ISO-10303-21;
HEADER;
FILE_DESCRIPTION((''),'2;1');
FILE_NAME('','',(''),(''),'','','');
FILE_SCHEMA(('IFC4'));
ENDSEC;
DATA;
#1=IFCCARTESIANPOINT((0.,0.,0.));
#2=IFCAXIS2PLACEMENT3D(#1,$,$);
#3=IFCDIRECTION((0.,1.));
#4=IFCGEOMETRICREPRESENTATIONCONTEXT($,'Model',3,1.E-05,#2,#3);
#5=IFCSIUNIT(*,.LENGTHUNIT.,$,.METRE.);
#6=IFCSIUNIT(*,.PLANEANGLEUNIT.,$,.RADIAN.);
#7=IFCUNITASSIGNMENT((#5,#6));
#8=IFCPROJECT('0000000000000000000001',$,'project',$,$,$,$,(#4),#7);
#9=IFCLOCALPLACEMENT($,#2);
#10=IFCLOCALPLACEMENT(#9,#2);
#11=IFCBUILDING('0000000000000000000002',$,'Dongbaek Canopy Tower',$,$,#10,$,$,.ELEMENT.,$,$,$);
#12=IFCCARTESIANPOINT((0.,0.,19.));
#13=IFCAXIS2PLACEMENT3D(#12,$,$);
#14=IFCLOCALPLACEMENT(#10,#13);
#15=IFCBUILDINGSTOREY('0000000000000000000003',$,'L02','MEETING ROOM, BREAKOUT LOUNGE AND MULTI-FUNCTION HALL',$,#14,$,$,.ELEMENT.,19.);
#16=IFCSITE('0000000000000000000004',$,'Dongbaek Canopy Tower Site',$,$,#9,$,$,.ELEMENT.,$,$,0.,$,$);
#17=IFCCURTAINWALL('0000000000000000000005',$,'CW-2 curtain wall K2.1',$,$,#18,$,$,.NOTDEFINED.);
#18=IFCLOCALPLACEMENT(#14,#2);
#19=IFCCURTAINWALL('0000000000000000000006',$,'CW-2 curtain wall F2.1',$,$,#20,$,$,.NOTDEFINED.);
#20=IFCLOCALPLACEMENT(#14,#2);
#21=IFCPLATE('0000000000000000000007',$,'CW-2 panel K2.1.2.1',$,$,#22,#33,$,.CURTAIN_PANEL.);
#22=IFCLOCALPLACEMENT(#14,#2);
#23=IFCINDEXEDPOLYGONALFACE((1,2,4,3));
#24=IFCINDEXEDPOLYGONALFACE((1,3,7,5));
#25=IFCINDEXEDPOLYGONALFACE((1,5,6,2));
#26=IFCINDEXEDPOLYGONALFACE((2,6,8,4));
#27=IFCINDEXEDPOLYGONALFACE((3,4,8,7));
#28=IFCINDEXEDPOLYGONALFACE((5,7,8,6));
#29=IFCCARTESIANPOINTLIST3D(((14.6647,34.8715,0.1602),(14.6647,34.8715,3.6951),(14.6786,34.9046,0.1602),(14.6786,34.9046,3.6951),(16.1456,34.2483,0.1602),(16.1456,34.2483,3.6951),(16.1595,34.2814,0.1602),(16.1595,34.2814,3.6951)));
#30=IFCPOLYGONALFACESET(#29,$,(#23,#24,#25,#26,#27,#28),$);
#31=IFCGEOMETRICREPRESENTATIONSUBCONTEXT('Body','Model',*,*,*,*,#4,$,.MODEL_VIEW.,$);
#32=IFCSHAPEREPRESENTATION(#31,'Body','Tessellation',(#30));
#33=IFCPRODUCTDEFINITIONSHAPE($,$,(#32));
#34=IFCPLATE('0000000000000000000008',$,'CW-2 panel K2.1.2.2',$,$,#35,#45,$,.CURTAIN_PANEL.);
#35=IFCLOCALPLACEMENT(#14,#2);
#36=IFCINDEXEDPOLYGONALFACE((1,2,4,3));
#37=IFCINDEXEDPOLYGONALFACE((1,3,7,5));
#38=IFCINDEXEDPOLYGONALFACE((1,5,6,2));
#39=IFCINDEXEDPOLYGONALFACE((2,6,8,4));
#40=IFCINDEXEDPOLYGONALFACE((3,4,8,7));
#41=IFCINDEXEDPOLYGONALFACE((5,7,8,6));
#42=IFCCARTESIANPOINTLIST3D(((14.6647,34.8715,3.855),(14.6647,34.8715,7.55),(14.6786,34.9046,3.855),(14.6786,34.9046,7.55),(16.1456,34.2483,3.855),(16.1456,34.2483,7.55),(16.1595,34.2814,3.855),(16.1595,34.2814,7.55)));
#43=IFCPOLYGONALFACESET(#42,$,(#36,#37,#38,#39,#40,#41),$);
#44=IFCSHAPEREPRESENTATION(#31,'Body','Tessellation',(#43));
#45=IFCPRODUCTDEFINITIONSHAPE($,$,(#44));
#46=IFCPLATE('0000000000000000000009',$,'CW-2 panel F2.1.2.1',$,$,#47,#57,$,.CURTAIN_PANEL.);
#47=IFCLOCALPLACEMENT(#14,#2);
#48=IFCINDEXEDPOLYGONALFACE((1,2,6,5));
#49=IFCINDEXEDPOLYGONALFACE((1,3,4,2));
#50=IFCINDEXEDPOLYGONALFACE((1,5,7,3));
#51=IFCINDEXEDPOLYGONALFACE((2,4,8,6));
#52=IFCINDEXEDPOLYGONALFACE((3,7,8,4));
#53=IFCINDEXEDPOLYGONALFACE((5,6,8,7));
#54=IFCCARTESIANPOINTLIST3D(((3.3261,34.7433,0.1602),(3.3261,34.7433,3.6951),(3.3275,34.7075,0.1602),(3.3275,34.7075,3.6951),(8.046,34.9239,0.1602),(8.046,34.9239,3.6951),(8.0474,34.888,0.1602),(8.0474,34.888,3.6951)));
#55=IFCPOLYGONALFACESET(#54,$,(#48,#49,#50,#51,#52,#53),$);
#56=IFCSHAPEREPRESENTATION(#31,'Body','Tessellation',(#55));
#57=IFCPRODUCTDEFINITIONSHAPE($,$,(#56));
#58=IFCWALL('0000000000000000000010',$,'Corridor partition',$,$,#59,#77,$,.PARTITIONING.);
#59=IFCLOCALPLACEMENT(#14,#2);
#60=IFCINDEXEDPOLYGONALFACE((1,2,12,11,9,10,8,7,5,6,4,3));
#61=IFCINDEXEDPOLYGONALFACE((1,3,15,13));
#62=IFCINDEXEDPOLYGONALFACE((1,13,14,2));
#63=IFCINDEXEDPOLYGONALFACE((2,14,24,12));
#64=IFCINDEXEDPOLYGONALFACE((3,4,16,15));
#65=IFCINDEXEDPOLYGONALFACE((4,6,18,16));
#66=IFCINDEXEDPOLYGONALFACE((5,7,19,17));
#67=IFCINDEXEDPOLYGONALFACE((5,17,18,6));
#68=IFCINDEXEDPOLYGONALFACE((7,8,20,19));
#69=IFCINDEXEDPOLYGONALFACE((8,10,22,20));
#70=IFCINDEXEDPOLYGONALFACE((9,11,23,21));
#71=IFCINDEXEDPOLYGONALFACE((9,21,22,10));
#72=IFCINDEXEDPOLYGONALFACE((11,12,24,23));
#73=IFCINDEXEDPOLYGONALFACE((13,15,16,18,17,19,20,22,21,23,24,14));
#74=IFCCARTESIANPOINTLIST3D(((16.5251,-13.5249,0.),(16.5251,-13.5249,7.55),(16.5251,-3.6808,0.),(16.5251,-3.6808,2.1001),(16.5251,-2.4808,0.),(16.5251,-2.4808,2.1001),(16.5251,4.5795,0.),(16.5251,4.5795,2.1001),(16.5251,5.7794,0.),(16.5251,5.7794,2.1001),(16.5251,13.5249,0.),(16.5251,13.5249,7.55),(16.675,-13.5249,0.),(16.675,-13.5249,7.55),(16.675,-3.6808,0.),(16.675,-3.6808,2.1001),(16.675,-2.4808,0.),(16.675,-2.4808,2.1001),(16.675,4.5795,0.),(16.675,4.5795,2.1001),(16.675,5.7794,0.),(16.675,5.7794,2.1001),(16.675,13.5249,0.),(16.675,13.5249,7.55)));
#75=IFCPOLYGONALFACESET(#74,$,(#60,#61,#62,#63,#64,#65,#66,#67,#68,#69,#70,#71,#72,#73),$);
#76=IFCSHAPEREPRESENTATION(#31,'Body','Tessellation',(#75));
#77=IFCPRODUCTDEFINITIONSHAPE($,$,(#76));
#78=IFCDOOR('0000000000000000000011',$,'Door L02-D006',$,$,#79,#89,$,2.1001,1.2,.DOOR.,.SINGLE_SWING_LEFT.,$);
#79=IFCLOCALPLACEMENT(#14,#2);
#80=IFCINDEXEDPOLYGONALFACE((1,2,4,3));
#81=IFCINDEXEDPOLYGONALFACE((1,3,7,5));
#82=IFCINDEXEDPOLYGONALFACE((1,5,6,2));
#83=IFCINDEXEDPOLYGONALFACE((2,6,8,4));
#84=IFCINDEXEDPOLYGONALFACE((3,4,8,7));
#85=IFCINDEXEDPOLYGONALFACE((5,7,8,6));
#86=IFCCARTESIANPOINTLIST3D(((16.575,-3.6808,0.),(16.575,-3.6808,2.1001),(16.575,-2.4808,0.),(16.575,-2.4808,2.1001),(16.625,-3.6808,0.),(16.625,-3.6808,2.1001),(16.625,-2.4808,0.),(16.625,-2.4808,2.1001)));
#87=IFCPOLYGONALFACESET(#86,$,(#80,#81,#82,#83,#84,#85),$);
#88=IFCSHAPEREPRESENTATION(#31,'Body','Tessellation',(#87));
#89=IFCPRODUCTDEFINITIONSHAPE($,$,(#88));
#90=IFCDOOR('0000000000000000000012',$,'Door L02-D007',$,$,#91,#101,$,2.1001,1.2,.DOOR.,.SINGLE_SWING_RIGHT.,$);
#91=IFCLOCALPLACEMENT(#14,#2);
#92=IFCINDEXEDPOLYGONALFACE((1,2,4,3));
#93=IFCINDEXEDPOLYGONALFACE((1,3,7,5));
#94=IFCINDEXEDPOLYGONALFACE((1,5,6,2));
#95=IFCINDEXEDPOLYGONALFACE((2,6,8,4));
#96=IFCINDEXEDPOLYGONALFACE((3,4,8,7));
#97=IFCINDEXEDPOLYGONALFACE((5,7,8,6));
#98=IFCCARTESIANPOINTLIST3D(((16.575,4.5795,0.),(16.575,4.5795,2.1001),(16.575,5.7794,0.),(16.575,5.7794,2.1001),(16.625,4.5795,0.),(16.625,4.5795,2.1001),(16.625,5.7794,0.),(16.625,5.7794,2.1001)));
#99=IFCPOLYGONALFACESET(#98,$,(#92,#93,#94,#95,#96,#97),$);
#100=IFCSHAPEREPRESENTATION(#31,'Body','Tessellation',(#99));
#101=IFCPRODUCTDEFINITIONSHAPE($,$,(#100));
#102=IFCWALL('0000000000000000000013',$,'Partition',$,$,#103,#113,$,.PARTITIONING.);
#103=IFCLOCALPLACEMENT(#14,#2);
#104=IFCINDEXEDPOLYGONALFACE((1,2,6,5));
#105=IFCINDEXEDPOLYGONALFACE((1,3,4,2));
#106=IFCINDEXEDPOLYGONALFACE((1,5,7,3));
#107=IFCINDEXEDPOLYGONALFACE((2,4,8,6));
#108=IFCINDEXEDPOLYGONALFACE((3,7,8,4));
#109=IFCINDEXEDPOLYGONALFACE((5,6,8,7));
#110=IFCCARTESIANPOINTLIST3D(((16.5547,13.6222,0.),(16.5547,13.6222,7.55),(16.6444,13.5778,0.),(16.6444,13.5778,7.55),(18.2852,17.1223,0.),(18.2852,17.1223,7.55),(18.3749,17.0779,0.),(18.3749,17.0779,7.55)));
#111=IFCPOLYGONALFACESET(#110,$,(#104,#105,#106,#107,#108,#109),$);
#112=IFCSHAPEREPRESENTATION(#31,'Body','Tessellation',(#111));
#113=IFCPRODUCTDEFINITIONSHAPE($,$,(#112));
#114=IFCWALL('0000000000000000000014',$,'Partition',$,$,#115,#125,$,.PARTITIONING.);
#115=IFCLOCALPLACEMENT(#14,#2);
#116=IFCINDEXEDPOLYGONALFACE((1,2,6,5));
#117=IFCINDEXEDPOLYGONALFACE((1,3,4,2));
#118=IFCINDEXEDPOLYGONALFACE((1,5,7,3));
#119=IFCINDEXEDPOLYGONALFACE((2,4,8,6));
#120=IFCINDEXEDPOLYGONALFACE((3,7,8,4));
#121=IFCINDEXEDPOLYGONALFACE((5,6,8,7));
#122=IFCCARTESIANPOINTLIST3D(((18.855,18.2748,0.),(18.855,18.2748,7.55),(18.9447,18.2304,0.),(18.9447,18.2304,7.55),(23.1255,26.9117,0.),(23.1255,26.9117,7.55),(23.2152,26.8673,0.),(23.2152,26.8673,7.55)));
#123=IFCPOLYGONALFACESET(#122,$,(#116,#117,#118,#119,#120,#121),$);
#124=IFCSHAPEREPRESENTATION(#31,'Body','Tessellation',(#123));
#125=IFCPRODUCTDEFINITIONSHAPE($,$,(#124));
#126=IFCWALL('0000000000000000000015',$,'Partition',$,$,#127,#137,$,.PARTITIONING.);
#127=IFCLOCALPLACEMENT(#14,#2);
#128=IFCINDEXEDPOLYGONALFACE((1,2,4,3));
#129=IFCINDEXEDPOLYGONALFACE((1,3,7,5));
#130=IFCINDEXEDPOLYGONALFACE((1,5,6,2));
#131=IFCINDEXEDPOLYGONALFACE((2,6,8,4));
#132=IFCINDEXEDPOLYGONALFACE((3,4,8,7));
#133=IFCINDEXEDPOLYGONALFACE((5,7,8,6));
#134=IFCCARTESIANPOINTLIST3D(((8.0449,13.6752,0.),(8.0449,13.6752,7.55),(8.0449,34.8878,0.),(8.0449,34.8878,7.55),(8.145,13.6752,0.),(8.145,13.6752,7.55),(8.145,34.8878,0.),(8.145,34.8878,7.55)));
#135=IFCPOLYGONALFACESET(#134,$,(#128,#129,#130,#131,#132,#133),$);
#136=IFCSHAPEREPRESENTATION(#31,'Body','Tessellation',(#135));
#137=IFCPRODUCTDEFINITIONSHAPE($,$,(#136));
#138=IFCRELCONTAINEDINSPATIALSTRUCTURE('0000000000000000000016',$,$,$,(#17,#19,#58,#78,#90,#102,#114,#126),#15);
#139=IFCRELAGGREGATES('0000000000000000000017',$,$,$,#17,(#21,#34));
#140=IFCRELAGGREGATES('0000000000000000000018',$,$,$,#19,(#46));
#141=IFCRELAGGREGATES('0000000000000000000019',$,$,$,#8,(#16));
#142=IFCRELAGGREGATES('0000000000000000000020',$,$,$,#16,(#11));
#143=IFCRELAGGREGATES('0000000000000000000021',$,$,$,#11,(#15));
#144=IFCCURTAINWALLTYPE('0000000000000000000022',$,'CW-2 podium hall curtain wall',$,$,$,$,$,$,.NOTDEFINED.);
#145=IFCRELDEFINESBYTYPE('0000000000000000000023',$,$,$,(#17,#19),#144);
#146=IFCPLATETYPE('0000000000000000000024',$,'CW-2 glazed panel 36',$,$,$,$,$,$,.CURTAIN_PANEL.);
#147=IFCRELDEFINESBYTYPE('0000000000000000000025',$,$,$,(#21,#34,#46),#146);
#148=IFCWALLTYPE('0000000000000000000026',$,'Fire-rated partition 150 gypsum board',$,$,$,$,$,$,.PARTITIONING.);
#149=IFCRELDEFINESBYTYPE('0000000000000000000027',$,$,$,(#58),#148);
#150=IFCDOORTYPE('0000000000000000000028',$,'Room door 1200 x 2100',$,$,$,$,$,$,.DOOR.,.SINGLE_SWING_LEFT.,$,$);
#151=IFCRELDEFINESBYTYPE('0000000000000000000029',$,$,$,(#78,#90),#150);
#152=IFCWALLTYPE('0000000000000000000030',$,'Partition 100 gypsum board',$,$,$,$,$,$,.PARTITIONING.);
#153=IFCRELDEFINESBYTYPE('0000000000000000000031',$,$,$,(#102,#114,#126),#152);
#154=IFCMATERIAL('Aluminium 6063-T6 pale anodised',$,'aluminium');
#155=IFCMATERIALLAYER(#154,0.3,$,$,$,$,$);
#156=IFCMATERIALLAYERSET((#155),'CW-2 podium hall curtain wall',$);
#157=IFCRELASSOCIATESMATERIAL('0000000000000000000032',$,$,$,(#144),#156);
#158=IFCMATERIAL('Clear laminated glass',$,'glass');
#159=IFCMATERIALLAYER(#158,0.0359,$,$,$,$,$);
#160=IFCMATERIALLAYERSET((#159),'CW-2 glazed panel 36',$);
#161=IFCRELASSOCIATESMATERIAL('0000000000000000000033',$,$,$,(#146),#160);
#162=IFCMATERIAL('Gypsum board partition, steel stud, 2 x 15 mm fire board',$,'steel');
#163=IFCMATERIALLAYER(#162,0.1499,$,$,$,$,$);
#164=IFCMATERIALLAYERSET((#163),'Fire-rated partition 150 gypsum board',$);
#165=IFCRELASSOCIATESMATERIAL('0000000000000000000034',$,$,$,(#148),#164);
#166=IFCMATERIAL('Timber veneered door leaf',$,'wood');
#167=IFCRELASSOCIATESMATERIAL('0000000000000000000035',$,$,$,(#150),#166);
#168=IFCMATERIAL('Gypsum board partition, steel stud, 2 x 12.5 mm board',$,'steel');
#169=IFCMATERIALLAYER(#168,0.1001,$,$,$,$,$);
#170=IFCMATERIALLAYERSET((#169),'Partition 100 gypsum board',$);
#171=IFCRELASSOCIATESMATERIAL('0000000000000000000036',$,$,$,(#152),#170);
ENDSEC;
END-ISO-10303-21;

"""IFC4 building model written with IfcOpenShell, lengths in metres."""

from ifc_helpers import new_model, si_unit, direction, frame, frame_2d, origin, origin_2d, place, context, subcontext, project, spatial, rectangle, extrude, material, layer, layer_set, type_object, element, fill, aggregate, save


model = new_model("IFC4")

# Units and contexts
model_context = context("Model", 3, precision=1e-05, world=origin(), true_north=direction((0.0, 1.0)))
body_context = subcontext(model_context, "Body", "Model", "MODEL_VIEW")
ifc_project = project(units=[si_unit("LENGTHUNIT", "METRE"), si_unit("PLANEANGLEUNIT", "RADIAN")], contexts=[model_context])

# Site, building, storey
site_placement = place(None, origin())
site = spatial("IfcSite", under=ifc_project, at=site_placement, Name="Dongbaek Canopy Tower Site", CompositionType="ELEMENT", RefElevation=0.0)
building_placement = place(site_placement, origin())
building = spatial("IfcBuilding", under=site, at=building_placement, Name="Dongbaek Canopy Tower", CompositionType="ELEMENT")
storey_placement = place(building_placement, frame((0.0, 0.0, 19.0)))
storey = spatial("IfcBuildingStorey", under=building, at=storey_placement, Name="L02", Description="MEETING ROOM, BREAKOUT LOUNGE AND MULTI-FUNCTION HALL", CompositionType="ELEMENT", Elevation=19.0)

# Curtain walls
ifc_material_1 = material(Name="Aluminium 6063-T6 pale anodised", Category="aluminium")
ifc_layer_1 = layer(ifc_material_1, 0.3)
ifc_layer_set_1 = layer_set([ifc_layer_1], Name="CW-2 podium hall curtain wall")
curtain_wall_type = type_object("IfcCurtainWallType", Name="CW-2 podium hall curtain wall", PredefinedType="NOTDEFINED", material=ifc_layer_set_1)
curtain_wall_1_placement = place(storey_placement, origin())
curtain_wall_1 = element("IfcCurtainWall", 1, at=curtain_wall_1_placement, inside=storey, type_object=curtain_wall_type, Name="CW-2 curtain wall K2.1", PredefinedType="NOTDEFINED")
curtain_wall_2_placement = place(storey_placement, origin())
curtain_wall_2 = element("IfcCurtainWall", 2, at=curtain_wall_2_placement, inside=storey, type_object=curtain_wall_type, Name="CW-2 curtain wall F2.1", PredefinedType="NOTDEFINED")

# Plates
ifc_material_2 = material(Name="Clear laminated glass", Category="glass")
ifc_layer_2 = layer(ifc_material_2, 0.0359)
ifc_layer_set_2 = layer_set([ifc_layer_2], Name="CW-2 glazed panel 36")
plate_type = type_object("IfcPlateType", Name="CW-2 glazed panel 36", PredefinedType="CURTAIN_PANEL", material=ifc_layer_set_2)
plate_1_placement = place(storey_placement, frame((15.4121, 34.5764, 0.1602), z_axis=(0.0, 0.0, 1.0), x_axis=(-0.921712, 0.387874, 0.0)))
plate_1 = element("IfcPlate", 3, at=plate_1_placement, type_object=plate_type, Name="CW-2 panel K2.1.2.1", PredefinedType="CURTAIN_PANEL", context=body_context, shape_type="SweptSolid", body=[
    extrude(rectangle(XDim=1.6067, YDim=0.0359, at=origin_2d()), origin(), (0.0, 0.0, 1.0), 3.5349),
])
plate_2_placement = place(storey_placement, frame((15.4121, 34.5764, 3.855), z_axis=(0.0, 0.0, 1.0), x_axis=(-0.921712, 0.387874, 0.0)))
plate_2 = element("IfcPlate", 4, at=plate_2_placement, type_object=plate_type, Name="CW-2 panel K2.1.2.2", PredefinedType="CURTAIN_PANEL", context=body_context, shape_type="SweptSolid", body=[
    extrude(rectangle(XDim=1.6067, YDim=0.0359, at=origin_2d()), origin(), (0.0, 0.0, 1.0), 3.6951),
])
aggregate(curtain_wall_1, [plate_1, plate_2])
plate_3_placement = place(storey_placement, frame((5.6868, 34.8157, 0.1602), z_axis=(0.0, 0.0, 1.0), x_axis=(-0.999269, -0.038232, 0.0)))
plate_3 = element("IfcPlate", 5, at=plate_3_placement, type_object=plate_type, Name="CW-2 panel F2.1.2.1", PredefinedType="CURTAIN_PANEL", context=body_context, shape_type="SweptSolid", body=[
    extrude(rectangle(XDim=4.7234, YDim=0.0359, at=origin_2d()), origin(), (0.0, 0.0, 1.0), 3.5349),
])
aggregate(curtain_wall_2, [plate_3])

# Wall, openings, doors
ifc_material_3 = material(Name="Gypsum board partition, steel stud, 2 x 15 mm fire board", Category="steel")
ifc_layer_3 = layer(ifc_material_3, 0.1499)
ifc_layer_set_3 = layer_set([ifc_layer_3], Name="Fire-rated partition 150 gypsum board")
wall_type_1 = type_object("IfcWallType", Name="Fire-rated partition 150 gypsum board", PredefinedType="PARTITIONING", material=ifc_layer_set_3)
wall_1_placement = place(storey_placement, frame((16.6001, 13.5249, 0.0), z_axis=(0.0, 0.0, 1.0), x_axis=(0.0, -1.0, 0.0)))
wall_1 = element("IfcWall", 6, at=wall_1_placement, inside=storey, type_object=wall_type_1, Name="Corridor partition", PredefinedType="PARTITIONING", context=body_context, shape_type="SweptSolid", body=[
    extrude(rectangle(XDim=27.0498, YDim=0.1499, at=frame_2d((13.5249, 0.0))), origin(), (0.0, 0.0, 1.0), 7.55),
])
opening_1_placement = place(wall_1_placement, frame((16.0056, 0.0, 0.0)))
opening_1 = element("IfcOpeningElement", 7, at=opening_1_placement, cuts=wall_1, PredefinedType="OPENING", context=body_context, shape_type="SweptSolid", body=[
    extrude(rectangle(XDim=1.2, YDim=2.1001, at=frame_2d((0.6001, 1.05))), frame((0.0, 0.085, 0.0), z_axis=(0.0, -1.0, 0.0), x_axis=(1.0, 0.0, 0.0)), (0.0, 0.0, 1.0), 0.1699),
])
opening_2_placement = place(wall_1_placement, frame((7.7454, 0.0, 0.0)))
opening_2 = element("IfcOpeningElement", 8, at=opening_2_placement, cuts=wall_1, PredefinedType="OPENING", context=body_context, shape_type="SweptSolid", body=[
    extrude(rectangle(XDim=1.2, YDim=2.1001, at=frame_2d((0.6001, 1.05))), frame((0.0, 0.085, 0.0), z_axis=(0.0, -1.0, 0.0), x_axis=(1.0, 0.0, 0.0)), (0.0, 0.0, 1.0), 0.1699),
])
ifc_material_4 = material(Name="Timber veneered door leaf", Category="wood")
door_type = type_object("IfcDoorType", Name="Room door 1200 x 2100", OperationType="SINGLE_SWING_LEFT", PredefinedType="DOOR", material=ifc_material_4)
door_1_placement = place(opening_1_placement, origin())
door_1 = element("IfcDoor", 9, at=door_1_placement, inside=storey, type_object=door_type, Name="Door L02-D006", OperationType="SINGLE_SWING_LEFT", OverallHeight=2.1001, OverallWidth=1.2, PredefinedType="DOOR", context=body_context, shape_type="SweptSolid", body=[
    extrude(rectangle(XDim=1.2, YDim=2.1001, at=frame_2d((0.6001, 1.05))), frame((0.0, 0.0249, 0.0), z_axis=(0.0, -1.0, 0.0), x_axis=(1.0, 0.0, 0.0)), (0.0, 0.0, 1.0), 0.05),
])
fill(opening_1, door_1)
door_2_placement = place(opening_2_placement, origin())
door_2 = element("IfcDoor", 10, at=door_2_placement, inside=storey, type_object=door_type, Name="Door L02-D007", OperationType="SINGLE_SWING_RIGHT", OverallHeight=2.1001, OverallWidth=1.2, PredefinedType="DOOR", context=body_context, shape_type="SweptSolid", body=[
    extrude(rectangle(XDim=1.2, YDim=2.1001, at=frame_2d((0.6001, 1.05))), frame((0.0, 0.0249, 0.0), z_axis=(0.0, -1.0, 0.0), x_axis=(1.0, 0.0, 0.0)), (0.0, 0.0, 1.0), 0.05),
])
fill(opening_2, door_2)

# Walls
ifc_material_5 = material(Name="Gypsum board partition, steel stud, 2 x 12.5 mm board", Category="steel")
ifc_layer_4 = layer(ifc_material_5, 0.1001)
ifc_layer_set_4 = layer_set([ifc_layer_4], Name="Partition 100 gypsum board")
wall_type_2 = type_object("IfcWallType", Name="Partition 100 gypsum board", PredefinedType="PARTITIONING", material=ifc_layer_set_4)
wall_2_placement = place(storey_placement, frame((16.5996, 13.6001, 0.0), z_axis=(0.0, 0.0, 1.0), x_axis=(0.443207, 0.896419, 0.0)))
element("IfcWall", 11, at=wall_2_placement, inside=storey, type_object=wall_type_2, Name="Partition", PredefinedType="PARTITIONING", context=body_context, shape_type="SweptSolid", body=[
    extrude(rectangle(XDim=3.9045, YDim=0.1001, at=frame_2d((1.9521, 0.0))), origin(), (0.0, 0.0, 1.0), 7.55),
])
wall_3_placement = place(storey_placement, frame((18.8999, 18.2527, 0.0), z_axis=(0.0, 0.0, 1.0), x_axis=(0.443226, 0.89641, 0.0)))
element("IfcWall", 12, at=wall_3_placement, inside=storey, type_object=wall_type_2, Name="Partition", PredefinedType="PARTITIONING", context=body_context, shape_type="SweptSolid", body=[
    extrude(rectangle(XDim=9.635, YDim=0.1001, at=frame_2d((4.8174, 0.0))), origin(), (0.0, 0.0, 1.0), 7.55),
])
wall_4_placement = place(storey_placement, frame((8.095, 13.675, 0.0), z_axis=(0.0, 0.0, 1.0), x_axis=(0.0, 1.0, 0.0)))
element("IfcWall", 13, at=wall_4_placement, inside=storey, type_object=wall_type_2, Name="Partition", PredefinedType="PARTITIONING", context=body_context, shape_type="SweptSolid", body=[
    extrude(rectangle(XDim=21.2126, YDim=0.1001, at=frame_2d((10.6064, 0.0))), origin(), (0.0, 0.0, 1.0), 7.55),
])

save(model, "model.ifc")
